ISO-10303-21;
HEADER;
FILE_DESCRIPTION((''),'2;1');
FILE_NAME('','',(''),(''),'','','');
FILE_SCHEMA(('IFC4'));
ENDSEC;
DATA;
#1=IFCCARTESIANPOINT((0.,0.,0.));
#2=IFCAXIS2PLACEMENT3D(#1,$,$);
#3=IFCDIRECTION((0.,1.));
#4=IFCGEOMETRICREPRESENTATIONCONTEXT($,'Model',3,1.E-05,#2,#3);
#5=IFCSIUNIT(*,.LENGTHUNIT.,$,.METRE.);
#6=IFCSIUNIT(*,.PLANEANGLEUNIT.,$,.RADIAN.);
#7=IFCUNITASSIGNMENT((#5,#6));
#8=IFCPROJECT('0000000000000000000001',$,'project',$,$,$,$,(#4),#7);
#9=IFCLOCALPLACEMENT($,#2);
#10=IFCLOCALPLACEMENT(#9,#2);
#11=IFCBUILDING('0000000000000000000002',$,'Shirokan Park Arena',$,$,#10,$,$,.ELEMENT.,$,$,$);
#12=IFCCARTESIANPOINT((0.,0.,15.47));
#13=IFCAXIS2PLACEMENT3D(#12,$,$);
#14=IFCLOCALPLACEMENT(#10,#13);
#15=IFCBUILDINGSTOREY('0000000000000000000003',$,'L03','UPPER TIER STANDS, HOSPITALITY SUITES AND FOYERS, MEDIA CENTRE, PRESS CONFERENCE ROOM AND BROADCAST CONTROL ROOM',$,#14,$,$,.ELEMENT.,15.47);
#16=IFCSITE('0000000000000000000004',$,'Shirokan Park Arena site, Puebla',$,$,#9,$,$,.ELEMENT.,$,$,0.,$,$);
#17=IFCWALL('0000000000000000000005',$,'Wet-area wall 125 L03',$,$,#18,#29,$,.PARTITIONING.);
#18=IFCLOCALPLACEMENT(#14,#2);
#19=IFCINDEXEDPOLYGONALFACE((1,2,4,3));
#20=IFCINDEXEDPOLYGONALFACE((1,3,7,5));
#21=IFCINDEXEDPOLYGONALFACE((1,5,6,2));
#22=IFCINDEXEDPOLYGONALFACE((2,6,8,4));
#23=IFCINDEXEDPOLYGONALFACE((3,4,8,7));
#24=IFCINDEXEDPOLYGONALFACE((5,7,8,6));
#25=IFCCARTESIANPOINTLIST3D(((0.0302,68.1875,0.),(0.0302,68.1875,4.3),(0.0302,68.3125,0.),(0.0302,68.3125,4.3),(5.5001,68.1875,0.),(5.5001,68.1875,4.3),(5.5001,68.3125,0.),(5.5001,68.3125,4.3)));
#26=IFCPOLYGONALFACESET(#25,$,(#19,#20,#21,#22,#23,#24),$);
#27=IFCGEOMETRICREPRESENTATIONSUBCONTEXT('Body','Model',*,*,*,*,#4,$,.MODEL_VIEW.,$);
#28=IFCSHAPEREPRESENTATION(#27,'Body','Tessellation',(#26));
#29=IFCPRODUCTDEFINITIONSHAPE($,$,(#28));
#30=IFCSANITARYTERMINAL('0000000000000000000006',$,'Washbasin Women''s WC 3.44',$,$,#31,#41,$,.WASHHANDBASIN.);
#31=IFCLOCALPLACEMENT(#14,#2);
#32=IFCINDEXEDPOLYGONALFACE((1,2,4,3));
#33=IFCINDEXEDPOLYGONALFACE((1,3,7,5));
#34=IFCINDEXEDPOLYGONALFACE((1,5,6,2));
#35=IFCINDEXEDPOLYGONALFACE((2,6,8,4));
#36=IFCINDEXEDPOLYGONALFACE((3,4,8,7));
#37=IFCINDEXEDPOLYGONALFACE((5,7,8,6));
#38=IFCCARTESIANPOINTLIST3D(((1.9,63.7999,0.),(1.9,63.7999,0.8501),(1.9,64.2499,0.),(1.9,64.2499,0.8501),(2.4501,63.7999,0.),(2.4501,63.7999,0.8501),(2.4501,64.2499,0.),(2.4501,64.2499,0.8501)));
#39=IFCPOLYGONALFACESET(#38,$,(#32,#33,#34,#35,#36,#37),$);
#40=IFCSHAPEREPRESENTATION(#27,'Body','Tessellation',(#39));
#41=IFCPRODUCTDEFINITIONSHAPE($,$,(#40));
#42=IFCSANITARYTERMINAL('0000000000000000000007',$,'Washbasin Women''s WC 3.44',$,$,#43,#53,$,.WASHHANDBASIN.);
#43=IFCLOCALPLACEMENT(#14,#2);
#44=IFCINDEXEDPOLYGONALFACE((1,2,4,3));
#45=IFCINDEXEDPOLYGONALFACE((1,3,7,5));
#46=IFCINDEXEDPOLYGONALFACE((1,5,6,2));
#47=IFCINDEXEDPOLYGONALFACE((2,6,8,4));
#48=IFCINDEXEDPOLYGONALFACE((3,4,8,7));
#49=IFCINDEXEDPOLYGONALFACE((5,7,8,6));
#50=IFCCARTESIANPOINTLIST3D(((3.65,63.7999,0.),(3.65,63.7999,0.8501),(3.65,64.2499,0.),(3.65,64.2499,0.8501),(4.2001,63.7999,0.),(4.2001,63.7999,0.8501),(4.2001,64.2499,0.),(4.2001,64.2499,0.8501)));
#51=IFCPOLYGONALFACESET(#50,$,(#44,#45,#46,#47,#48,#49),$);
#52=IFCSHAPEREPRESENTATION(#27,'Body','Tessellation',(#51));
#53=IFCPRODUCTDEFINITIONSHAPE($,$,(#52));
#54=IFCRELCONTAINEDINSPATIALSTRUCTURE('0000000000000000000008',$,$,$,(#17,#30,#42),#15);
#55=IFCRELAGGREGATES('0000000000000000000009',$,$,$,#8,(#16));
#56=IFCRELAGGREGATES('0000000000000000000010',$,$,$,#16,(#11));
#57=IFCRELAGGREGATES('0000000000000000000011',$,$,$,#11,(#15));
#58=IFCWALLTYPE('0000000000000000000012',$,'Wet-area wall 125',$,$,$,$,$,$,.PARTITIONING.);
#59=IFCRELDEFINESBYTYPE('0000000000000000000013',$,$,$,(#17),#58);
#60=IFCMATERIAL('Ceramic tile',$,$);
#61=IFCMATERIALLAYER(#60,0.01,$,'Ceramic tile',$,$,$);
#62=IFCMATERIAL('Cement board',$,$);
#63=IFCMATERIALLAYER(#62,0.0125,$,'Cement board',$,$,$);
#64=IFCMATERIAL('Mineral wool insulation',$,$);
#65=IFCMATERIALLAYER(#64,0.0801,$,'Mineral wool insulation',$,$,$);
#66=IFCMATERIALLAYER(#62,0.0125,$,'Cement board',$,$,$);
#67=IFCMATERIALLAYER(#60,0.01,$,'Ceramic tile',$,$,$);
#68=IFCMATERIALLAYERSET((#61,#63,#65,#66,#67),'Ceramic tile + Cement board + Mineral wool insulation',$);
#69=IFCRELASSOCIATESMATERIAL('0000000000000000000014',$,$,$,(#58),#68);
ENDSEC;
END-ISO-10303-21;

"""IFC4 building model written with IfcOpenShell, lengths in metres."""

from ifc_helpers import new_model, si_unit, direction, frame, frame_2d, origin, origin_2d, place, context, subcontext, project, spatial, rectangle, extrude, material, layer, layer_set, type_object, element, save


model = new_model("IFC4")

# Units and contexts
model_context = context("Model", 3, precision=1e-05, world=origin(), true_north=direction((0.0, 1.0)))
body_context = subcontext(model_context, "Body", "Model", "MODEL_VIEW")
ifc_project = project(units=[si_unit("LENGTHUNIT", "METRE"), si_unit("PLANEANGLEUNIT", "RADIAN")], contexts=[model_context])

# Site, building, storey
site_placement = place(None, origin())
site = spatial("IfcSite", under=ifc_project, at=site_placement, Name="Shirokan Park Arena site, Puebla", CompositionType="ELEMENT", RefElevation=0.0)
building_placement = place(site_placement, origin())
building = spatial("IfcBuilding", under=site, at=building_placement, Name="Shirokan Park Arena", CompositionType="ELEMENT")
storey_placement = place(building_placement, frame((0.0, 0.0, 15.47)))
storey = spatial("IfcBuildingStorey", under=building, at=storey_placement, Name="L03", Description="UPPER TIER STANDS, HOSPITALITY SUITES AND FOYERS, MEDIA CENTRE, PRESS CONFERENCE ROOM AND BROADCAST CONTROL ROOM", CompositionType="ELEMENT", Elevation=15.47)

# Shared definitions
ifc_material_1 = material(Name="Mineral wool insulation")

# Wall
ifc_material_2 = material(Name="Ceramic tile")
ifc_layer_1 = layer(ifc_material_2, 0.01, Name="Ceramic tile")
ifc_material_3 = material(Name="Cement board")
ifc_layer_2 = layer(ifc_material_3, 0.0125, Name="Cement board")
ifc_layer_3 = layer(ifc_material_1, 0.0801, Name="Mineral wool insulation")
ifc_layer_4 = layer(ifc_material_3, 0.0125, Name="Cement board")
ifc_layer_5 = layer(ifc_material_2, 0.01, Name="Ceramic tile")
ifc_layer_set_1 = layer_set([ifc_layer_1, ifc_layer_2, ifc_layer_3, ifc_layer_4, ifc_layer_5], Name="Ceramic tile + Cement board + Mineral wool insulation")
wall_type_1 = type_object("IfcWallType", Name="Wet-area wall 125", PredefinedType="PARTITIONING", material=ifc_layer_set_1)
wall_1_placement = place(storey_placement, frame((5.5, 68.25, 0.0), z_axis=(0.0, 0.0, 1.0), x_axis=(-1.0, 0.0, 0.0)))
element("IfcWall", 1, at=wall_1_placement, inside=storey, type_object=wall_type_1, Name="Wet-area wall 125 L03", PredefinedType="PARTITIONING", context=body_context, shape_type="SweptSolid", body=[
    extrude(rectangle(XDim=5.47, YDim=0.125, at=frame_2d((2.7349, 0.0))), origin(), (0.0, 0.0, 1.0), 4.3),
])

# Sanitary terminals
for number, where, z_axis, x_axis, name in (
    (2, (2.175, 64.0249, 0.0), (0.0, 0.0, 1.0), (1.0, 0.0, 0.0), "Washbasin Women's WC 3.44"),
    (3, (3.925, 64.0249, 0.0), (0.0, 0.0, 1.0), (1.0, 0.0, 0.0), "Washbasin Women's WC 3.44"),
):
    element("IfcSanitaryTerminal", number, at=place(storey_placement, frame(where, z_axis=z_axis, x_axis=x_axis)), inside=storey, Name=name, PredefinedType="WASHHANDBASIN", context=body_context, shape_type="SweptSolid", body=[
        extrude(rectangle(XDim=0.55, YDim=0.45, at=origin_2d()), origin(), (0.0, 0.0, 1.0), 0.8501),
    ])

save(model, "model.ifc")
